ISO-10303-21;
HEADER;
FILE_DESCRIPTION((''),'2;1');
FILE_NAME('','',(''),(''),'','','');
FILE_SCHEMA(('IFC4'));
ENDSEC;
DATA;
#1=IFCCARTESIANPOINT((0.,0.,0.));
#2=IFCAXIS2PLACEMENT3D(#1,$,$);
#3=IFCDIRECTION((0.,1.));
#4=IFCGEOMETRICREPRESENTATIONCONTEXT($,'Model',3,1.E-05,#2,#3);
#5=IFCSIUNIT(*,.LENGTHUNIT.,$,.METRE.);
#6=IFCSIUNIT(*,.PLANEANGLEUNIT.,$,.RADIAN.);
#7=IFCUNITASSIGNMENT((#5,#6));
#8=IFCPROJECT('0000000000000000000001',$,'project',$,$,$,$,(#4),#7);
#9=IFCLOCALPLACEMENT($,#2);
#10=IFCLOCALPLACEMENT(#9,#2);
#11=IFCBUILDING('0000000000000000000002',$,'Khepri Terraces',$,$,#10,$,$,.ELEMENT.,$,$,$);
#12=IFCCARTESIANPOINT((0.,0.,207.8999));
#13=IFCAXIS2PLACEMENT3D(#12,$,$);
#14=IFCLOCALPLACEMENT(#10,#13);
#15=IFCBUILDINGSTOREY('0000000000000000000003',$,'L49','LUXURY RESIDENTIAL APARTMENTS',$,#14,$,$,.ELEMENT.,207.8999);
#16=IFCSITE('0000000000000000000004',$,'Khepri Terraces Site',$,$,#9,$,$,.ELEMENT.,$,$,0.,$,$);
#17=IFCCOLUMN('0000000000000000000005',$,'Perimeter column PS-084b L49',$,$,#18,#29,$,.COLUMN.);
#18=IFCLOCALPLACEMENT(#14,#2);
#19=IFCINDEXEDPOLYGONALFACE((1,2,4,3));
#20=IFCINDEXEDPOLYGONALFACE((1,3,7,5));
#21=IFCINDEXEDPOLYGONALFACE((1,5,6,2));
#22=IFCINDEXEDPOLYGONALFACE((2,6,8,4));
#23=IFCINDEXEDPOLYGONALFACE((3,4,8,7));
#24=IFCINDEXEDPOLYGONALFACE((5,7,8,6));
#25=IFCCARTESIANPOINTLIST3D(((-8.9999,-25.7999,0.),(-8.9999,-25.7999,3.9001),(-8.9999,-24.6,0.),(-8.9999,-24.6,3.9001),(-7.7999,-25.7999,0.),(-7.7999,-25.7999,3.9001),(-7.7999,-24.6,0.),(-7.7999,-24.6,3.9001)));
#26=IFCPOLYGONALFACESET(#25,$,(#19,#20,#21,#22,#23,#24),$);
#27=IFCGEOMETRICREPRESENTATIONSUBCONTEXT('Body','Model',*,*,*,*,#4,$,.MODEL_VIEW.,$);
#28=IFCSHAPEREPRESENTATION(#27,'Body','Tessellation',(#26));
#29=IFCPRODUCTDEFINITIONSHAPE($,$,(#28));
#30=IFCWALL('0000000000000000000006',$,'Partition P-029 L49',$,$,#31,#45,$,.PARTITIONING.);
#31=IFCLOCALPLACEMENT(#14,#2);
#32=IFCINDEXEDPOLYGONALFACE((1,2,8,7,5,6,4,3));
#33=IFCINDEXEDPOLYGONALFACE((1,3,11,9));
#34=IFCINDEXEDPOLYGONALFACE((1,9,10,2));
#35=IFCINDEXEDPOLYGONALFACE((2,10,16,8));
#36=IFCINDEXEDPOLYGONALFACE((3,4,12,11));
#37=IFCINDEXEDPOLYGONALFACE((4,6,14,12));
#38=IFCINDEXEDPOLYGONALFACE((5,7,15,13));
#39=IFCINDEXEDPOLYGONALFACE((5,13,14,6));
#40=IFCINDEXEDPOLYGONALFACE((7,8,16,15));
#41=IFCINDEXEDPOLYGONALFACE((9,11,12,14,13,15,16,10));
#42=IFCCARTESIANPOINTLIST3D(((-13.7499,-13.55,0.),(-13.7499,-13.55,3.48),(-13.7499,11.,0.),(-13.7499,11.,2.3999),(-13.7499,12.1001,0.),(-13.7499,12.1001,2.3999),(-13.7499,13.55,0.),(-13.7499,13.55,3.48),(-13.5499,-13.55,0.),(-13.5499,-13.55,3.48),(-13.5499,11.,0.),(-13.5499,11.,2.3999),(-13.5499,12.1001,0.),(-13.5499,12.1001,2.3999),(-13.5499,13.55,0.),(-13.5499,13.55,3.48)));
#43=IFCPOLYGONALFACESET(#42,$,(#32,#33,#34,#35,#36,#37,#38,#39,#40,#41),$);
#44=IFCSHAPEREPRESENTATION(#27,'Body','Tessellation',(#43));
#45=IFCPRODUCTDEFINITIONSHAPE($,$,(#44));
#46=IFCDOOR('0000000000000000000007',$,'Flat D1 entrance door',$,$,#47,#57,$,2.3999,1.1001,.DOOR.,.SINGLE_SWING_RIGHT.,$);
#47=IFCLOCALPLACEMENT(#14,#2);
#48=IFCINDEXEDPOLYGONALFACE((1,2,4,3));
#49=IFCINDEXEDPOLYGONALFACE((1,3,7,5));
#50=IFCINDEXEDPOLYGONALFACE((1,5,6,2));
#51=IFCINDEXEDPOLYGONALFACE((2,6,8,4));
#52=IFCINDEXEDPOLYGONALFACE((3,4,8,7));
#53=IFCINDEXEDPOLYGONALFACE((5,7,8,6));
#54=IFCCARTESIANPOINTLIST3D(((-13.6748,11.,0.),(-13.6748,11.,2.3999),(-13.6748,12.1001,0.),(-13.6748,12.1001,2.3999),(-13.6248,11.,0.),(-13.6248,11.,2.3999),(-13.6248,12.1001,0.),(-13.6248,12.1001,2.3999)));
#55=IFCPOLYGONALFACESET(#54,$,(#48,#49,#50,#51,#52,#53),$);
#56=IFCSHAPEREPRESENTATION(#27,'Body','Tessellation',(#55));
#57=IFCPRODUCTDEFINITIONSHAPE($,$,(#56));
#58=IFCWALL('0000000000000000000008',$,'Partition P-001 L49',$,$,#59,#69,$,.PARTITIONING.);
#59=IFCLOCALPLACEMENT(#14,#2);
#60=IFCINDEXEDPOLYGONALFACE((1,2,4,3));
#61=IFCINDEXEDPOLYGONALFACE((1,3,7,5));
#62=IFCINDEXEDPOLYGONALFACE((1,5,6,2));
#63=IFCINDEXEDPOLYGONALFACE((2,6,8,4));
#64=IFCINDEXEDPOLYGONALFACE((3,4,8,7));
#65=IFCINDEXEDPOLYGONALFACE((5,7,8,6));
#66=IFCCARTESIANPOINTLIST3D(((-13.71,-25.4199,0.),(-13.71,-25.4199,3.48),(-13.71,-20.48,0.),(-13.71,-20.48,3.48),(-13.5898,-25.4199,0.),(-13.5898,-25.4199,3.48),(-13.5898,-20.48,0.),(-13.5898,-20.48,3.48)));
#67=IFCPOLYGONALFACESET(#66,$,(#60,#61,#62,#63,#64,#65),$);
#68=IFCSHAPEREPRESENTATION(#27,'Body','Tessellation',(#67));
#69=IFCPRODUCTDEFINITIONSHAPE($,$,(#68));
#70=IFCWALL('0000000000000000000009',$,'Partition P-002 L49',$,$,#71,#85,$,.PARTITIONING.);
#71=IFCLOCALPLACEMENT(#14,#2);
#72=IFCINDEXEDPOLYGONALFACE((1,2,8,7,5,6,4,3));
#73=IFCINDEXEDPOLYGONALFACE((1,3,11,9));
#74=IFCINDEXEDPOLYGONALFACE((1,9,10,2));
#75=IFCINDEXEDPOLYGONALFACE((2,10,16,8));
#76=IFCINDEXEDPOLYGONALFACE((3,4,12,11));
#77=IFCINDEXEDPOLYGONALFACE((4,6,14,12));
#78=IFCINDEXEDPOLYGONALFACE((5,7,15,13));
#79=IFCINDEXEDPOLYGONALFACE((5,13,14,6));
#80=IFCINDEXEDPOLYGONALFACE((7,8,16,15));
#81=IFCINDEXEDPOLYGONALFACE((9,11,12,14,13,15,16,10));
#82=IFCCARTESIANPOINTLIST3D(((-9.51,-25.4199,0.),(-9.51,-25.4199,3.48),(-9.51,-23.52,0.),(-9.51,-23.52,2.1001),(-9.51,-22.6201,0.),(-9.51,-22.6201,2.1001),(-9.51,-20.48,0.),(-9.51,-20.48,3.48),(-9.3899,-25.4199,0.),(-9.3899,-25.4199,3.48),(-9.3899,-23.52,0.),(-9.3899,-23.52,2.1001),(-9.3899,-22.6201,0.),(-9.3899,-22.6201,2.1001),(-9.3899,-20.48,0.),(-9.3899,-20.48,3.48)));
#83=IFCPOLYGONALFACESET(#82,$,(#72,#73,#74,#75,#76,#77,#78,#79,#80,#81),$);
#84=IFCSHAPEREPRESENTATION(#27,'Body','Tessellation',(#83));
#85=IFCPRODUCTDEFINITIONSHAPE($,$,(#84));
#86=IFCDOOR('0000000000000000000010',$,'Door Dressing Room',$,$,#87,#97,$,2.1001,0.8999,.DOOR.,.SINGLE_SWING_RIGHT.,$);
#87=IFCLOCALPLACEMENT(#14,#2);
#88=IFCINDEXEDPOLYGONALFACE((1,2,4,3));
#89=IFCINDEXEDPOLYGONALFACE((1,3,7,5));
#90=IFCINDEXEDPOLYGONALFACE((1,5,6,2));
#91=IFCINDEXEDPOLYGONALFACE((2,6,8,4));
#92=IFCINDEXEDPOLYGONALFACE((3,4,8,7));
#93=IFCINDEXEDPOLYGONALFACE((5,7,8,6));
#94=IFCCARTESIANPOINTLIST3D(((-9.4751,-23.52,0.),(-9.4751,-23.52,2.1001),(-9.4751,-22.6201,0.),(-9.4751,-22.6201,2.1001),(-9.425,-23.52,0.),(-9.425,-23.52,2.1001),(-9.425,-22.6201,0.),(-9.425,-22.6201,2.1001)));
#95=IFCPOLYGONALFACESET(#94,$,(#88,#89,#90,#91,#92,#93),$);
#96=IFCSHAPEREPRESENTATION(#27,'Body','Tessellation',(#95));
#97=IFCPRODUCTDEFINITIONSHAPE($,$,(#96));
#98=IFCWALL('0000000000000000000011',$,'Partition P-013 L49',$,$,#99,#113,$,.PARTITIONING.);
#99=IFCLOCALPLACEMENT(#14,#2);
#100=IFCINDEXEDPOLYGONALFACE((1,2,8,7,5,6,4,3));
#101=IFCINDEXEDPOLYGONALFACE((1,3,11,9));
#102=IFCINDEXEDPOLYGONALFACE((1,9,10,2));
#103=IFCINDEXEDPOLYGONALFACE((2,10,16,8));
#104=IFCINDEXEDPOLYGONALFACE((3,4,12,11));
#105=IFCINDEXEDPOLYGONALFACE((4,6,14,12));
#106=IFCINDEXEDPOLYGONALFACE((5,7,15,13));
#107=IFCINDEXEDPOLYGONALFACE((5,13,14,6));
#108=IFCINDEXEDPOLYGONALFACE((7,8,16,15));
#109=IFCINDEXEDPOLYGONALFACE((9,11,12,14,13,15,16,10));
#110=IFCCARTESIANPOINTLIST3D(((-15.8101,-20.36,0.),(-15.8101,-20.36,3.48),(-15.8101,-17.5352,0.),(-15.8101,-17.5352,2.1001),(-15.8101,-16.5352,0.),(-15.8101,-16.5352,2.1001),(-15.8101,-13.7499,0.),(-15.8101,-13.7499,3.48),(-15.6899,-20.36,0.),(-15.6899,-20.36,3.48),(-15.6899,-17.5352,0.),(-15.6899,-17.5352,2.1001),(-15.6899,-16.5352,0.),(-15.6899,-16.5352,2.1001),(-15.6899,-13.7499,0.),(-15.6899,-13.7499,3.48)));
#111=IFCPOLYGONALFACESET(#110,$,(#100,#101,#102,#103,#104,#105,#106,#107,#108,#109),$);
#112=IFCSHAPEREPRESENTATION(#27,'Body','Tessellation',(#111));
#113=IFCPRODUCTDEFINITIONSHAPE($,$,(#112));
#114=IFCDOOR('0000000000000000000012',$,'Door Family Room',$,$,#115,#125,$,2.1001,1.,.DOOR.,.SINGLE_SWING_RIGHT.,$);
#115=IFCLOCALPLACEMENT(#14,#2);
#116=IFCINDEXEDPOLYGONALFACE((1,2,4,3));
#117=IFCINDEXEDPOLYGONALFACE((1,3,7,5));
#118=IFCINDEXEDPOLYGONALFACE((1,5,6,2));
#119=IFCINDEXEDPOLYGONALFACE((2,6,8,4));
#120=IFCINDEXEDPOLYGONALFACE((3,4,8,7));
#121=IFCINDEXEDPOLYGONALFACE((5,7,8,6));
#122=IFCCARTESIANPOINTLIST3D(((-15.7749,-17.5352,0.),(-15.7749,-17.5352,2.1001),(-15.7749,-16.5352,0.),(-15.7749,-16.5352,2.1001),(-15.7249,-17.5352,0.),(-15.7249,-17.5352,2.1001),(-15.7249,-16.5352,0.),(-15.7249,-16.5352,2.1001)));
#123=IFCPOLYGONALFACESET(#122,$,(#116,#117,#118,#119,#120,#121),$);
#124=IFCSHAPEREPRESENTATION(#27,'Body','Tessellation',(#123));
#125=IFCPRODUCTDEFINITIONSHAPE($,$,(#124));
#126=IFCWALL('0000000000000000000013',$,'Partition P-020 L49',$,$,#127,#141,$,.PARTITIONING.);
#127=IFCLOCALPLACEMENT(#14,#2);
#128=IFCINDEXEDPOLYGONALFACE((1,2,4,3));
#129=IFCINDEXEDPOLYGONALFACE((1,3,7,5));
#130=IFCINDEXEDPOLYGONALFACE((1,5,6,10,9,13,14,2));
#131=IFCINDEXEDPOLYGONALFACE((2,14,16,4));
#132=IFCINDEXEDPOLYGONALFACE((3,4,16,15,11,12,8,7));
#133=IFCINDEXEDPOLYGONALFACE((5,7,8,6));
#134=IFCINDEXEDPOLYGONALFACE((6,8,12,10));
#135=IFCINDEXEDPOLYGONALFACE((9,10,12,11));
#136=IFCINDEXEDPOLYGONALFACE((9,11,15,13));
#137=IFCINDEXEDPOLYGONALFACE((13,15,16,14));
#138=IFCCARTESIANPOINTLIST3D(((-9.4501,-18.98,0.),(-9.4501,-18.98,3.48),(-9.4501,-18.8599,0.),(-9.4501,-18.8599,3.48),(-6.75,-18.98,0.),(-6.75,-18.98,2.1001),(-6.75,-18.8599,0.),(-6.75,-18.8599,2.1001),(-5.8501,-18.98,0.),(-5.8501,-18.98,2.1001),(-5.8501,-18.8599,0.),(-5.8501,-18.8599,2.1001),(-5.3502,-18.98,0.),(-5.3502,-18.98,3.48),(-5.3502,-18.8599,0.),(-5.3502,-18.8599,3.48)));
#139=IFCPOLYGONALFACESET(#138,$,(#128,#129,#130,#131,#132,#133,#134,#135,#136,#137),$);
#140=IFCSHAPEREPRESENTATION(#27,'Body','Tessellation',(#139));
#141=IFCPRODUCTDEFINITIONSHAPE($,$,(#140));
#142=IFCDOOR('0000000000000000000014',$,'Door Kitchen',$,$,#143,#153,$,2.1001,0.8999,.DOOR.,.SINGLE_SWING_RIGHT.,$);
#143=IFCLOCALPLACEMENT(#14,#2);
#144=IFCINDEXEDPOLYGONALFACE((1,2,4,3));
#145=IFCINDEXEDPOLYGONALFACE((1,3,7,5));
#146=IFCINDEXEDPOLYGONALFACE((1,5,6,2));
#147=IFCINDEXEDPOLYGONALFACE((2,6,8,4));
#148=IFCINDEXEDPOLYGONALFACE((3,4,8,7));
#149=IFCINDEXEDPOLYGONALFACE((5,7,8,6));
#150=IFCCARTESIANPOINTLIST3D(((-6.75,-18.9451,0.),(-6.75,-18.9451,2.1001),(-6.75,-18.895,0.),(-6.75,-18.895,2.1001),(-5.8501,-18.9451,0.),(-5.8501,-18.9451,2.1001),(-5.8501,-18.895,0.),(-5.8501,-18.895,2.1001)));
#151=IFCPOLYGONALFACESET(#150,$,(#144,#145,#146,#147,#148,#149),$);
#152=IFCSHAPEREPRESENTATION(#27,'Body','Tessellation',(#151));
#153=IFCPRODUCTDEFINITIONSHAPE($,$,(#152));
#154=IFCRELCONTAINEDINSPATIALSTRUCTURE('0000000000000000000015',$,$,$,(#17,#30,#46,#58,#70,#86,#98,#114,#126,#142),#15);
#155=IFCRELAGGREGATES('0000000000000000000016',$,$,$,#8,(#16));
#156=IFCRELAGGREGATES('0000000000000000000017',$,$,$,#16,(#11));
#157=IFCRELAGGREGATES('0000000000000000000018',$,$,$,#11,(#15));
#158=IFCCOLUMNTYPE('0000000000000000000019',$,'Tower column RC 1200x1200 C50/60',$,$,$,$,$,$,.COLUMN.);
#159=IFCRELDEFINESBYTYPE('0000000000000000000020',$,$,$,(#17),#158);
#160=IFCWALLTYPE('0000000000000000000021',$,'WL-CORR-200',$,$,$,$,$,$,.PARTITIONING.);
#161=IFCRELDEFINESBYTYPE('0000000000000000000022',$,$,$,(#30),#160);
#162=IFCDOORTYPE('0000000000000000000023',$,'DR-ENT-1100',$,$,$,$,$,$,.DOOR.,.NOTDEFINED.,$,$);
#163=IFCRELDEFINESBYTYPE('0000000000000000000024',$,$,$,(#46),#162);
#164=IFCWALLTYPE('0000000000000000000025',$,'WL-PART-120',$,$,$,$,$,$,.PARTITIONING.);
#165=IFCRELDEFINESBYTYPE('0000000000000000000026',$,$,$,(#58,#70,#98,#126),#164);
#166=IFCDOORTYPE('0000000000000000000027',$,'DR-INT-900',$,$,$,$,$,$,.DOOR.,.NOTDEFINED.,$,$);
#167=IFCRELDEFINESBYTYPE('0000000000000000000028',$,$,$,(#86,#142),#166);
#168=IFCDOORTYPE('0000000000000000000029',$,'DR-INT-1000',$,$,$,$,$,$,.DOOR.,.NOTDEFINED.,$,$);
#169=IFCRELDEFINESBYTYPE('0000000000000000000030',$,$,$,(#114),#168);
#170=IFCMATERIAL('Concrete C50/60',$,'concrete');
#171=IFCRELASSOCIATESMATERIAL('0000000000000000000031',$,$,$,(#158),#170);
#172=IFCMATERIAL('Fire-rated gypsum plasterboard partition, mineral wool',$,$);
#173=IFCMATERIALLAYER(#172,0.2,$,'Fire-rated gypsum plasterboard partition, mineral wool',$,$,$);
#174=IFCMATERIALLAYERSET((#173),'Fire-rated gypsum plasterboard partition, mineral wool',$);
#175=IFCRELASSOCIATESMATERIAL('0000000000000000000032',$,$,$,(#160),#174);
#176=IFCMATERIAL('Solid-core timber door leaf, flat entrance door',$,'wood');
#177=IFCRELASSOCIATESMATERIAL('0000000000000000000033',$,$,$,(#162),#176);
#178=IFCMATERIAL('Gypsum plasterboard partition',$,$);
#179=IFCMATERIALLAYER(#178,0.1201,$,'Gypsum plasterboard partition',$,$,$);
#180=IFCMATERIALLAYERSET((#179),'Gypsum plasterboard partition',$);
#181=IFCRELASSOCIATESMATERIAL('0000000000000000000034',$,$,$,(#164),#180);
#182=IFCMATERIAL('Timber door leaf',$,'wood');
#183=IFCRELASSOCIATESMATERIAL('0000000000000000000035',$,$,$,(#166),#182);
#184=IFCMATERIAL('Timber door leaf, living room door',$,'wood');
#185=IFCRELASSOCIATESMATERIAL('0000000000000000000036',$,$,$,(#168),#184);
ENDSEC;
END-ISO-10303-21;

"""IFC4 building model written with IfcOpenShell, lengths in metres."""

from ifc_helpers import new_model, si_unit, direction, frame, frame_2d, origin, origin_2d, place, context, subcontext, project, spatial, rectangle, extrude, material, layer, layer_set, material_profile, profile_set, type_object, element, fill, save


model = new_model("IFC4")

# Units and contexts
model_context = context("Model", 3, precision=1e-05, world=origin(), true_north=direction((0.0, 1.0)))
body_context = subcontext(model_context, "Body", "Model", "MODEL_VIEW")
ifc_project = project(units=[si_unit("LENGTHUNIT", "METRE"), si_unit("PLANEANGLEUNIT", "RADIAN")], contexts=[model_context])

# Site, building, storey
site_placement = place(None, origin())
site = spatial("IfcSite", under=ifc_project, at=site_placement, Name="Khepri Terraces Site", CompositionType="ELEMENT", RefElevation=0.0)
building_placement = place(site_placement, origin())
building = spatial("IfcBuilding", under=site, at=building_placement, Name="Khepri Terraces", CompositionType="ELEMENT")
storey_placement = place(building_placement, frame((0.0, 0.0, 207.8999)))
storey = spatial("IfcBuildingStorey", under=building, at=storey_placement, Name="L49", Description="LUXURY RESIDENTIAL APARTMENTS", CompositionType="ELEMENT", Elevation=207.8999)

# Column
ifc_material_1 = material(Name="Concrete C50/60", Category="concrete")
ifc_material_profile = material_profile(ifc_material_1, rectangle(XDim=1.2, YDim=1.2, at=origin_2d()), Name="Concrete C50/60", Category="concrete")
ifc_profile_set = profile_set([ifc_material_profile], Name="Concrete C50/60")
column_type = type_object("IfcColumnType", Name="Tower column RC 1200x1200 C50/60", PredefinedType="COLUMN", material=ifc_profile_set)
column_placement = place(storey_placement, frame((-8.3999, -25.2, 0.0), z_axis=(0.0, 0.0, 1.0), x_axis=(1.0, 0.0, 0.0)))
element("IfcColumn", 1, at=column_placement, inside=storey, type_object=column_type, Name="Perimeter column PS-084b L49", PredefinedType="COLUMN", context=body_context, shape_type="SweptSolid", body=[
    extrude(rectangle(XDim=1.2, YDim=1.2, at=origin_2d()), origin(), (0.0, 0.0, 1.0), 3.9001),
])

# Wall, opening, door
ifc_material_2 = material(Name="Fire-rated gypsum plasterboard partition, mineral wool")
ifc_layer_1 = layer(ifc_material_2, 0.2, Name="Fire-rated gypsum plasterboard partition, mineral wool")
ifc_layer_set_1 = layer_set([ifc_layer_1], Name="Fire-rated gypsum plasterboard partition, mineral wool")
wall_type_1 = type_object("IfcWallType", Name="WL-CORR-200", PredefinedType="PARTITIONING", material=ifc_layer_set_1)
wall_1_placement = place(storey_placement, frame((-13.6499, -13.55, 0.0), z_axis=(0.0, 0.0, 1.0), x_axis=(0.0, 1.0, 0.0)))
wall_1 = element("IfcWall", 2, at=wall_1_placement, inside=storey, type_object=wall_type_1, Name="Partition P-029 L49", PredefinedType="PARTITIONING", context=body_context, shape_type="SweptSolid", body=[
    extrude(rectangle(XDim=27.1001, YDim=0.2, at=frame_2d((13.55, 0.0))), origin(), (0.0, 0.0, 1.0), 3.48),
])
opening_1_placement = place(wall_1_placement, frame((24.55, 0.0, 0.0)))
opening_1 = element("IfcOpeningElement", 3, at=opening_1_placement, cuts=wall_1, PredefinedType="OPENING", context=body_context, shape_type="SweptSolid", body=[
    extrude(rectangle(XDim=1.1001, YDim=2.3999, at=frame_2d((0.55, 1.2))), frame((0.0, 0.1099, 0.0), z_axis=(0.0, -1.0, 0.0), x_axis=(1.0, 0.0, 0.0)), (0.0, 0.0, 1.0), 0.22),
])
ifc_material_3 = material(Name="Solid-core timber door leaf, flat entrance door", Category="wood")
door_type_1 = type_object("IfcDoorType", Name="DR-ENT-1100", OperationType="NOTDEFINED", PredefinedType="DOOR", material=ifc_material_3)
door_1_placement = place(opening_1_placement, origin())
door_1 = element("IfcDoor", 4, at=door_1_placement, inside=storey, type_object=door_type_1, Name="Flat D1 entrance door", OperationType="SINGLE_SWING_RIGHT", OverallHeight=2.3999, OverallWidth=1.1001, PredefinedType="DOOR", context=body_context, shape_type="SweptSolid", body=[
    extrude(rectangle(XDim=1.1001, YDim=2.3999, at=frame_2d((0.55, 1.2))), frame((0.0, 0.0249, 0.0), z_axis=(0.0, -1.0, 0.0), x_axis=(1.0, 0.0, 0.0)), (0.0, 0.0, 1.0), 0.05),
])
fill(opening_1, door_1)

# Wall
ifc_material_4 = material(Name="Gypsum plasterboard partition")
ifc_layer_2 = layer(ifc_material_4, 0.1201, Name="Gypsum plasterboard partition")
ifc_layer_set_2 = layer_set([ifc_layer_2], Name="Gypsum plasterboard partition")
wall_type_2 = type_object("IfcWallType", Name="WL-PART-120", PredefinedType="PARTITIONING", material=ifc_layer_set_2)
wall_2_placement = place(storey_placement, frame((-13.6499, -25.4199, 0.0), z_axis=(0.0, 0.0, 1.0), x_axis=(0.0, 1.0, 0.0)))
element("IfcWall", 5, at=wall_2_placement, inside=storey, type_object=wall_type_2, Name="Partition P-001 L49", PredefinedType="PARTITIONING", context=body_context, shape_type="SweptSolid", body=[
    extrude(rectangle(XDim=4.9399, YDim=0.1201, at=frame_2d((2.47, 0.0))), origin(), (0.0, 0.0, 1.0), 3.48),
])

# Walls, openings, doors
wall_3_placement = place(storey_placement, frame((-9.45, -25.4199, 0.0), z_axis=(0.0, 0.0, 1.0), x_axis=(0.0, 1.0, 0.0)))
wall_3 = element("IfcWall", 6, at=wall_3_placement, inside=storey, type_object=wall_type_2, Name="Partition P-002 L49", PredefinedType="PARTITIONING", context=body_context, shape_type="SweptSolid", body=[
    extrude(rectangle(XDim=4.9399, YDim=0.1201, at=frame_2d((2.47, 0.0))), origin(), (0.0, 0.0, 1.0), 3.48),
])
opening_2_placement = place(wall_3_placement, frame((1.8999, 0.0, 0.0)))
opening_2 = element("IfcOpeningElement", 7, at=opening_2_placement, cuts=wall_3, PredefinedType="OPENING", context=body_context, shape_type="SweptSolid", body=[
    extrude(rectangle(XDim=0.8999, YDim=2.1001, at=frame_2d((0.45, 1.05))), frame((0.0, 0.0701, 0.0), z_axis=(0.0, -1.0, 0.0), x_axis=(1.0, 0.0, 0.0)), (0.0, 0.0, 1.0), 0.1401),
])
ifc_material_5 = material(Name="Timber door leaf", Category="wood")
door_type_2 = type_object("IfcDoorType", Name="DR-INT-900", OperationType="NOTDEFINED", PredefinedType="DOOR", material=ifc_material_5)
door_2_placement = place(opening_2_placement, frame((0.8999, 0.0, 0.0), z_axis=(0.0, 0.0, 1.0), x_axis=(-1.0, 0.0, 0.0)))
door_2 = element("IfcDoor", 8, at=door_2_placement, inside=storey, type_object=door_type_2, Name="Door Dressing Room", OperationType="SINGLE_SWING_RIGHT", OverallHeight=2.1001, OverallWidth=0.8999, PredefinedType="DOOR", context=body_context, shape_type="SweptSolid", body=[
    extrude(rectangle(XDim=0.8999, YDim=2.1001, at=frame_2d((0.45, 1.05))), frame((0.0, 0.0249, 0.0), z_axis=(0.0, -1.0, 0.0), x_axis=(1.0, 0.0, 0.0)), (0.0, 0.0, 1.0), 0.05),
])
fill(opening_2, door_2)
wall_4_placement = place(storey_placement, frame((-15.75, -20.3601, 0.0), z_axis=(0.0, 0.0, 1.0), x_axis=(0.0, 1.0, 0.0)))
wall_4 = element("IfcWall", 9, at=wall_4_placement, inside=storey, type_object=wall_type_2, Name="Partition P-013 L49", PredefinedType="PARTITIONING", context=body_context, shape_type="SweptSolid", body=[
    extrude(rectangle(XDim=6.6101, YDim=0.1201, at=frame_2d((3.3052, 0.0))), origin(), (0.0, 0.0, 1.0), 3.48),
])
opening_3_placement = place(wall_4_placement, frame((2.825, 0.0, 0.0)))
opening_3 = element("IfcOpeningElement", 10, at=opening_3_placement, cuts=wall_4, PredefinedType="OPENING", context=body_context, shape_type="SweptSolid", body=[
    extrude(rectangle(XDim=1.0, YDim=2.1001, at=frame_2d((0.5, 1.05))), frame((0.0, 0.0701, 0.0), z_axis=(0.0, -1.0, 0.0), x_axis=(1.0, 0.0, 0.0)), (0.0, 0.0, 1.0), 0.1401),
])
ifc_material_6 = material(Name="Timber door leaf, living room door", Category="wood")
door_type_3 = type_object("IfcDoorType", Name="DR-INT-1000", OperationType="NOTDEFINED", PredefinedType="DOOR", material=ifc_material_6)
door_3_placement = place(opening_3_placement, origin())
door_3 = element("IfcDoor", 11, at=door_3_placement, inside=storey, type_object=door_type_3, Name="Door Family Room", OperationType="SINGLE_SWING_RIGHT", OverallHeight=2.1001, OverallWidth=1.0, PredefinedType="DOOR", context=body_context, shape_type="SweptSolid", body=[
    extrude(rectangle(XDim=1.0, YDim=2.1001, at=frame_2d((0.5, 1.05))), frame((0.0, 0.0249, 0.0), z_axis=(0.0, -1.0, 0.0), x_axis=(1.0, 0.0, 0.0)), (0.0, 0.0, 1.0), 0.05),
])
fill(opening_3, door_3)
wall_5_placement = place(storey_placement, frame((-9.45, -18.9199, 0.0), z_axis=(0.0, 0.0, 1.0), x_axis=(1.0, 0.0, 0.0)))
wall_5 = element("IfcWall", 12, at=wall_5_placement, inside=storey, type_object=wall_type_2, Name="Partition P-020 L49", PredefinedType="PARTITIONING", context=body_context, shape_type="SweptSolid", body=[
    extrude(rectangle(XDim=4.0999, YDim=0.1201, at=frame_2d((2.0498, 0.0))), origin(), (0.0, 0.0, 1.0), 3.48),
])
opening_4_placement = place(wall_5_placement, frame((2.7, 0.0, 0.0)))
opening_4 = element("IfcOpeningElement", 13, at=opening_4_placement, cuts=wall_5, PredefinedType="OPENING", context=body_context, shape_type="SweptSolid", body=[
    extrude(rectangle(XDim=0.8999, YDim=2.1001, at=frame_2d((0.45, 1.05))), frame((0.0, 0.0701, 0.0), z_axis=(0.0, -1.0, 0.0), x_axis=(1.0, 0.0, 0.0)), (0.0, 0.0, 1.0), 0.1401),
])
door_4_placement = place(opening_4_placement, origin())
door_4 = element("IfcDoor", 14, at=door_4_placement, inside=storey, type_object=door_type_2, Name="Door Kitchen", OperationType="SINGLE_SWING_RIGHT", OverallHeight=2.1001, OverallWidth=0.8999, PredefinedType="DOOR", context=body_context, shape_type="SweptSolid", body=[
    extrude(rectangle(XDim=0.8999, YDim=2.1001, at=frame_2d((0.45, 1.05))), frame((0.0, 0.0249, 0.0), z_axis=(0.0, -1.0, 0.0), x_axis=(1.0, 0.0, 0.0)), (0.0, 0.0, 1.0), 0.05),
])
fill(opening_4, door_4)

save(model, "model.ifc")
